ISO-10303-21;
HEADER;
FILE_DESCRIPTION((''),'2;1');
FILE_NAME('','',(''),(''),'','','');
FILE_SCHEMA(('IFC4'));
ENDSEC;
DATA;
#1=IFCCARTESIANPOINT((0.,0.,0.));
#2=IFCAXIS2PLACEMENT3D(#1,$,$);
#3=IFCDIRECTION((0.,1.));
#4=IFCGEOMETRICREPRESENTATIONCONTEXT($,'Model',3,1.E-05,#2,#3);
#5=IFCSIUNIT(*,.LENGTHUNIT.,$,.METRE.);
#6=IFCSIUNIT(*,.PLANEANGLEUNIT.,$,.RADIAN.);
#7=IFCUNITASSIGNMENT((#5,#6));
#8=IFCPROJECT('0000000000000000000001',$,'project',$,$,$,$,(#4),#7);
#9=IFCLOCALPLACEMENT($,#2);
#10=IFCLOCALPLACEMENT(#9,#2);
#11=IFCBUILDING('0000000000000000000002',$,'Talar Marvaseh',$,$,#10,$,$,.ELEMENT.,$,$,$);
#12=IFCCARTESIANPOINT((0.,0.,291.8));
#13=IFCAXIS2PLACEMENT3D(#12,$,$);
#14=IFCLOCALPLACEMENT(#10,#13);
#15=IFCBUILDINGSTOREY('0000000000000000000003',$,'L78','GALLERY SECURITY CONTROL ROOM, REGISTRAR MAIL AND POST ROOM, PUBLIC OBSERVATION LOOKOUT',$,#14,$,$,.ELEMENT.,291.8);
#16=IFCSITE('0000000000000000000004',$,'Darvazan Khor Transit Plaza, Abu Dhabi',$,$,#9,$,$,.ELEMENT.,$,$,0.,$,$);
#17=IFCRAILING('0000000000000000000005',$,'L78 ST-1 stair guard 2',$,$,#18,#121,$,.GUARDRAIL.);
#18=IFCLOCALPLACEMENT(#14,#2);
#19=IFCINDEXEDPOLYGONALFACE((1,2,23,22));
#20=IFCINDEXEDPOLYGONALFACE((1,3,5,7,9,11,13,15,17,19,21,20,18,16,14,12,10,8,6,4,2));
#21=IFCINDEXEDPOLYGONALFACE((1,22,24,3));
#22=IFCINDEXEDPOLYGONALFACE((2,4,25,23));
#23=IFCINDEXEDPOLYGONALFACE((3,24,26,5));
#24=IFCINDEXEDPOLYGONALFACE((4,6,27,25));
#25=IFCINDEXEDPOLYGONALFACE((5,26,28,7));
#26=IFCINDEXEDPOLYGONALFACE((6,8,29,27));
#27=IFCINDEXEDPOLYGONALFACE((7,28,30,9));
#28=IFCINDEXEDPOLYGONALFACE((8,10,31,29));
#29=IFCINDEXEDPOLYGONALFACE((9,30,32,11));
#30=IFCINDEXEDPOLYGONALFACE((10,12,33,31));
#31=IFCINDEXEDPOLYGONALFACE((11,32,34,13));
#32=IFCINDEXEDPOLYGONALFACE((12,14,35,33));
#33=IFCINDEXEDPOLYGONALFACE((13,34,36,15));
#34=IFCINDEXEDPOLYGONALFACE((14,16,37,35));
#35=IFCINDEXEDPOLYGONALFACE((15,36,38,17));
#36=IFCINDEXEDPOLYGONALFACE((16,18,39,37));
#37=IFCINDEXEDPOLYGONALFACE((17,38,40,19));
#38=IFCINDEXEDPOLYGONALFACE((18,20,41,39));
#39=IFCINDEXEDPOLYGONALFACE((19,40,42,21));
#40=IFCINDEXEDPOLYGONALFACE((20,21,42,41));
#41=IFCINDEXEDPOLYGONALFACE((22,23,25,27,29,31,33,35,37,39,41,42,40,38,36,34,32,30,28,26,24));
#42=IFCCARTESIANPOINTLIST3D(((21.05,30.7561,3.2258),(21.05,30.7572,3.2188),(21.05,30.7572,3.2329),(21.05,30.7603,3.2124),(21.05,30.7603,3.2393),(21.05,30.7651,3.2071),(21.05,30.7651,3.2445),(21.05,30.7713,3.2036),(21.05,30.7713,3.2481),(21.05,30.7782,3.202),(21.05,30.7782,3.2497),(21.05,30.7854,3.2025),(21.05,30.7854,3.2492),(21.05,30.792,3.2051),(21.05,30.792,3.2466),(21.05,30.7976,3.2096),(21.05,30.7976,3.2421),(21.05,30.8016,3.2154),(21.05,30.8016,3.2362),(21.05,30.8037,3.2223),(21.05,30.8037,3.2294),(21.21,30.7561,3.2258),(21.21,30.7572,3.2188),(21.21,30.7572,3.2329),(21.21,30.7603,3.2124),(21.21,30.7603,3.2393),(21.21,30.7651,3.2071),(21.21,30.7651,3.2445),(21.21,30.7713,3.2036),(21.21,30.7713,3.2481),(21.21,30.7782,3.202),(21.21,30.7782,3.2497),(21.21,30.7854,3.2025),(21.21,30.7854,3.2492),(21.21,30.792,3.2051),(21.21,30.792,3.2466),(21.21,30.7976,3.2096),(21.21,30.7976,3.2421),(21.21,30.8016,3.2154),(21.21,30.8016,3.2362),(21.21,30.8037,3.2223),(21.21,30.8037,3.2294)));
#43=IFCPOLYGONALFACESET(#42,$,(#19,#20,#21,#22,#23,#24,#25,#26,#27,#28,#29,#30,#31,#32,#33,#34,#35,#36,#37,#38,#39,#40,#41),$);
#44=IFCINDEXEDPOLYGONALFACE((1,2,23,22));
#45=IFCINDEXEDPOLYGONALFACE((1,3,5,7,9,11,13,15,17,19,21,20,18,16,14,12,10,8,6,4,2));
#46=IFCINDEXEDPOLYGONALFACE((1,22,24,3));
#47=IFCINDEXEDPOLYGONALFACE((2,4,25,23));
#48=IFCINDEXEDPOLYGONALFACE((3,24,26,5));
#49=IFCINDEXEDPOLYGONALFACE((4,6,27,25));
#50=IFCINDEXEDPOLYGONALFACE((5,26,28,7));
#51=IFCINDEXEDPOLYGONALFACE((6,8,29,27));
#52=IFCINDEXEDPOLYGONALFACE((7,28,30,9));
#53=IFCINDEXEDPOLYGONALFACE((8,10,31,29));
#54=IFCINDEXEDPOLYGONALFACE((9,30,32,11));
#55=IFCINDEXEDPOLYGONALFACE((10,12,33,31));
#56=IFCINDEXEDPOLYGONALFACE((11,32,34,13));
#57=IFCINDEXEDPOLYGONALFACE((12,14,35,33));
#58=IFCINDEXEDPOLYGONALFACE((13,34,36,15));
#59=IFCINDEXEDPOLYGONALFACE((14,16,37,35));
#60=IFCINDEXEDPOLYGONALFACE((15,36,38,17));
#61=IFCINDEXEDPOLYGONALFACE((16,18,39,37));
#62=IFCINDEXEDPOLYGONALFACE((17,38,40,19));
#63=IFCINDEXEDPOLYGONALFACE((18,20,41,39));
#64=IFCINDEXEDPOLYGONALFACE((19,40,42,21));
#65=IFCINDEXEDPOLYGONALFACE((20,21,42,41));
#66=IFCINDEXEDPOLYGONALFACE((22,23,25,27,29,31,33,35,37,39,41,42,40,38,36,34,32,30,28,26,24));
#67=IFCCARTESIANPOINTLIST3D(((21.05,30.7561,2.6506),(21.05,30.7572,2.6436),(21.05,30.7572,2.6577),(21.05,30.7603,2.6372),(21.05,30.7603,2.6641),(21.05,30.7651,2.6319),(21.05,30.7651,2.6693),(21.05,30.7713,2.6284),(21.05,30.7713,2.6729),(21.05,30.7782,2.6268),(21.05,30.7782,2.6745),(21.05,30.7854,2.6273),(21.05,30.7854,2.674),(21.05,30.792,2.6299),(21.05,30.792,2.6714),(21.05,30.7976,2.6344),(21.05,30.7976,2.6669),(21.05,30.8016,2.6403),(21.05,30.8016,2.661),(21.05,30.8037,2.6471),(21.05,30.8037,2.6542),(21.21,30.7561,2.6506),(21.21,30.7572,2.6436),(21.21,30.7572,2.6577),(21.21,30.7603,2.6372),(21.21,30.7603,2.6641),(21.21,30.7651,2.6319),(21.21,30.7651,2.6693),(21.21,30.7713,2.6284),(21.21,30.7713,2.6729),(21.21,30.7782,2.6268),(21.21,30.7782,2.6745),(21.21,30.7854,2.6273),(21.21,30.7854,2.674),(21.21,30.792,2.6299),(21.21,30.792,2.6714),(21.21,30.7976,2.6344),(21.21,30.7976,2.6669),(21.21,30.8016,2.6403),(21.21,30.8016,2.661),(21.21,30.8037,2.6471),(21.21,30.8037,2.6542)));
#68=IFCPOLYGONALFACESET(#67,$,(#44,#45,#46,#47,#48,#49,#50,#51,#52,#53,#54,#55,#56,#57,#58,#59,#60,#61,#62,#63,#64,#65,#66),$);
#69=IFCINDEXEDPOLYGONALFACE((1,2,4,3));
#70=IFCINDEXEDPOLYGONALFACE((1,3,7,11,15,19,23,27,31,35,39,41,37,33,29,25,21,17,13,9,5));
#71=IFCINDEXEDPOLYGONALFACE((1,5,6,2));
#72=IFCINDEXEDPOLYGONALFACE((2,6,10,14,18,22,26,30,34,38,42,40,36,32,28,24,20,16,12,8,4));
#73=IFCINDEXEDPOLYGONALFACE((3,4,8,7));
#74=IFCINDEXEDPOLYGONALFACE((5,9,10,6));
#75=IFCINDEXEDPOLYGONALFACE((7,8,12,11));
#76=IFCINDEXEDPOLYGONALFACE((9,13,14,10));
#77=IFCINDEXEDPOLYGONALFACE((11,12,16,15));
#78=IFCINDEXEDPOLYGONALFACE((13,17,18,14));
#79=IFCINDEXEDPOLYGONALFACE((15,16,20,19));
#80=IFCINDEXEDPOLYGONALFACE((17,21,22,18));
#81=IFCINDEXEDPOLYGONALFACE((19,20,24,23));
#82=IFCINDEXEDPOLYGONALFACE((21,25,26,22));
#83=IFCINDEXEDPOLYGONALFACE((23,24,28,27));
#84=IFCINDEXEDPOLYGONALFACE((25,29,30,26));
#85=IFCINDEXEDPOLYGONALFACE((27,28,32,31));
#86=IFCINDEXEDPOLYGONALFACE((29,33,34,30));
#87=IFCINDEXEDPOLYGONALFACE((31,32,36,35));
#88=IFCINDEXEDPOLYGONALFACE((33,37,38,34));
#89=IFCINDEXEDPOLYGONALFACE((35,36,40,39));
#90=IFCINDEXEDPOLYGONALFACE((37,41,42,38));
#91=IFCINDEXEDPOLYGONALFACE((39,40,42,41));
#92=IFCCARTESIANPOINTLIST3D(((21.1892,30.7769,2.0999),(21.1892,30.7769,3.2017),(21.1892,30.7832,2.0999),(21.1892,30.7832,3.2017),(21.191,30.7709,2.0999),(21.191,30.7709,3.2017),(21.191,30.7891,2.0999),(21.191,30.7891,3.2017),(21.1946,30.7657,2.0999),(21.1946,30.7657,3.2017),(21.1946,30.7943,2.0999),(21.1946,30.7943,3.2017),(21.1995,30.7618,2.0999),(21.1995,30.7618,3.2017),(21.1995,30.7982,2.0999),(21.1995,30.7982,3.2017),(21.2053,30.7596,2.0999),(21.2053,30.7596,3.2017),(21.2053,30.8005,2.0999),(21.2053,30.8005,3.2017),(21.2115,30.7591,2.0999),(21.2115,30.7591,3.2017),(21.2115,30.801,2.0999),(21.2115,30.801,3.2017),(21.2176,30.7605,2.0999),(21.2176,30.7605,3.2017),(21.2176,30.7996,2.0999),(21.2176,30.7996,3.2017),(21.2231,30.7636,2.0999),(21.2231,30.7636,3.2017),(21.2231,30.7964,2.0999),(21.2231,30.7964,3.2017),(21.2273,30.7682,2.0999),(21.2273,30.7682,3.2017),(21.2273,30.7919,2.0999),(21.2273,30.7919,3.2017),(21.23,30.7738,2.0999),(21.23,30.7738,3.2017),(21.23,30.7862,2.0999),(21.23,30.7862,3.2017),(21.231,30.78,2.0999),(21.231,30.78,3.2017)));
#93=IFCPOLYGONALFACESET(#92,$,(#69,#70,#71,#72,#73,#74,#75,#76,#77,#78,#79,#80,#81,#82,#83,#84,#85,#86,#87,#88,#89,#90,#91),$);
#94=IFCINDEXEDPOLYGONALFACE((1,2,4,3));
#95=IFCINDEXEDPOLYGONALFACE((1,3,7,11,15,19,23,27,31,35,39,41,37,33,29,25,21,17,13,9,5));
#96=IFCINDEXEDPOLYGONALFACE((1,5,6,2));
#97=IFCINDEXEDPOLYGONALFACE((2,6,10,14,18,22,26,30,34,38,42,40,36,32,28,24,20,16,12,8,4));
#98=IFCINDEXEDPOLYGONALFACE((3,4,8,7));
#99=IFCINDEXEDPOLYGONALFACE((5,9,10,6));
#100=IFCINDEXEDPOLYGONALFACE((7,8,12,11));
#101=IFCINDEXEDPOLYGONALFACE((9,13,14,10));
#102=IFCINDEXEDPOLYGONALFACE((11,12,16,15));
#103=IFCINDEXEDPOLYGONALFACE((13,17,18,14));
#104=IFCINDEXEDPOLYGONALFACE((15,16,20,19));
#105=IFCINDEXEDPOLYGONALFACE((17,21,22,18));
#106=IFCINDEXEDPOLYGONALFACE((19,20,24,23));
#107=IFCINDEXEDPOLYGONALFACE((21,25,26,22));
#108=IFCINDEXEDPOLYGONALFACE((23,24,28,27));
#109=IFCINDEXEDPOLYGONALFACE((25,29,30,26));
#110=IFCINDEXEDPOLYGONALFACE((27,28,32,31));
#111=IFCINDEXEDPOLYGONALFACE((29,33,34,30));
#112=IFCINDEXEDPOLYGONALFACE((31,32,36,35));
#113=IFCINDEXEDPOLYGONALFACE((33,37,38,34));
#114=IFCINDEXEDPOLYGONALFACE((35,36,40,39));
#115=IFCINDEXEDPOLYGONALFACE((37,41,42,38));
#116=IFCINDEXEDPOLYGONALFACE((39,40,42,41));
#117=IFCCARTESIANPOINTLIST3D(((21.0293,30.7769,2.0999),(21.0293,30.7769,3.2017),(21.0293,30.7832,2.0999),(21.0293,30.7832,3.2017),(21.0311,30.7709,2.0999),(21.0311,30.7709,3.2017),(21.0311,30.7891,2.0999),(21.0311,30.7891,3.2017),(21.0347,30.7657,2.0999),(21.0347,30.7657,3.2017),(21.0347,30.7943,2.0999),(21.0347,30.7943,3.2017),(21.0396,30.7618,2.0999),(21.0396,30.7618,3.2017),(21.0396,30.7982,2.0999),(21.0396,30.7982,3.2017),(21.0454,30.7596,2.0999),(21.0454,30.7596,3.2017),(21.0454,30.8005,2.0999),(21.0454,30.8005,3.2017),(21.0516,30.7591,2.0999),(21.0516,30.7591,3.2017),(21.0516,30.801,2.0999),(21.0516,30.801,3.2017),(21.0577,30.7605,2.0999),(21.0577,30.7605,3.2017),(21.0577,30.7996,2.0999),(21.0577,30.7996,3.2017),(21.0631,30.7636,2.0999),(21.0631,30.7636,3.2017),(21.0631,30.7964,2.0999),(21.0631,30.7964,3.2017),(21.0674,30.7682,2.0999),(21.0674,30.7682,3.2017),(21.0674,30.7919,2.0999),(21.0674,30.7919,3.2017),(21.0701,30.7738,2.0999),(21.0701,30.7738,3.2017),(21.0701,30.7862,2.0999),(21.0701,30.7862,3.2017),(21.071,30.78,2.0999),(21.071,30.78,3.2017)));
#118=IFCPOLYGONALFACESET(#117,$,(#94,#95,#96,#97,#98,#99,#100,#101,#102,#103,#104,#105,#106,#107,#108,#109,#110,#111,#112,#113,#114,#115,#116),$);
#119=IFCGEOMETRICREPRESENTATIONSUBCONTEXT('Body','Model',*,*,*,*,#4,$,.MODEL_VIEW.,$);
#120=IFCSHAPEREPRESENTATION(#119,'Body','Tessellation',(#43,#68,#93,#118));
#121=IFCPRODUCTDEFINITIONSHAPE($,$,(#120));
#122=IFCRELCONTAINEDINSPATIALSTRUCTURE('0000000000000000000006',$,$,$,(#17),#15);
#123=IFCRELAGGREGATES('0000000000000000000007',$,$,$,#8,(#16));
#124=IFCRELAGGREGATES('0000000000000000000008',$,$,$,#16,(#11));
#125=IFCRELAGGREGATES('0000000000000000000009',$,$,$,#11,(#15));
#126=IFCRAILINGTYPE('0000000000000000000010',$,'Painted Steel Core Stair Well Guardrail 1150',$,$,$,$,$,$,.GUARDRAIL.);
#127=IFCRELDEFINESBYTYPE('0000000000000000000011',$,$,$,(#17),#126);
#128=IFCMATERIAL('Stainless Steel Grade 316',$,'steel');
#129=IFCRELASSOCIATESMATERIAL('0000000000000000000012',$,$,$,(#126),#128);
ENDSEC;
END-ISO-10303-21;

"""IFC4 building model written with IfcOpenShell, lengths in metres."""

from ifc_helpers import new_model, si_unit, direction, frame, origin, origin_2d, place, context, subcontext, project, spatial, circle, extrude, material, type_object, element, save


model = new_model("IFC4")

# Units and contexts
model_context = context("Model", 3, precision=1e-05, world=origin(), true_north=direction((0.0, 1.0)))
body_context = subcontext(model_context, "Body", "Model", "MODEL_VIEW")
ifc_project = project(units=[si_unit("LENGTHUNIT", "METRE"), si_unit("PLANEANGLEUNIT", "RADIAN")], contexts=[model_context])

# Site, building, storey
site_placement = place(None, origin())
site = spatial("IfcSite", under=ifc_project, at=site_placement, Name="Darvazan Khor Transit Plaza, Abu Dhabi", CompositionType="ELEMENT", RefElevation=0.0)
building_placement = place(site_placement, origin())
building = spatial("IfcBuilding", under=site, at=building_placement, Name="Talar Marvaseh", CompositionType="ELEMENT")
storey_placement = place(building_placement, frame((0.0, 0.0, 291.8)))
storey = spatial("IfcBuildingStorey", under=building, at=storey_placement, Name="L78", Description="GALLERY SECURITY CONTROL ROOM, REGISTRAR MAIL AND POST ROOM, PUBLIC OBSERVATION LOOKOUT", CompositionType="ELEMENT", Elevation=291.8)

# Railing
ifc_material_1 = material(Name="Stainless Steel Grade 316", Category="steel")
railing_type_1 = type_object("IfcRailingType", Name="Painted Steel Core Stair Well Guardrail 1150", PredefinedType="GUARDRAIL", material=ifc_material_1)
railing_1_placement = place(storey_placement, frame((21.21, 30.78, 2.0999)))
element("IfcRailing", 1, at=railing_1_placement, inside=storey, type_object=railing_type_1, Name="L78 ST-1 stair guard 2", PredefinedType="GUARDRAIL", context=body_context, shape_type="SweptSolid", body=[
    extrude(circle(Radius=0.0239, at=origin_2d()), frame((0.0, 0.0, 1.126), z_axis=(-1.0, 0.0, 0.0), x_axis=(0.0, -1.0, 0.0)), (0.0, 0.0, 1.0), 0.1599),
    extrude(circle(Radius=0.0239, at=origin_2d()), frame((0.0, 0.0, 0.5508), z_axis=(-1.0, 0.0, 0.0), x_axis=(0.0, -1.0, 0.0)), (0.0, 0.0, 1.0), 0.1599),
    extrude(circle(Radius=0.021, at=origin_2d()), origin(), (0.0, 0.0, 1.0), 1.1018),
    extrude(circle(Radius=0.021, at=origin_2d()), frame((-0.1599, 0.0, 0.0)), (0.0, 0.0, 1.0), 1.1018),
])

save(model, "model.ifc")
